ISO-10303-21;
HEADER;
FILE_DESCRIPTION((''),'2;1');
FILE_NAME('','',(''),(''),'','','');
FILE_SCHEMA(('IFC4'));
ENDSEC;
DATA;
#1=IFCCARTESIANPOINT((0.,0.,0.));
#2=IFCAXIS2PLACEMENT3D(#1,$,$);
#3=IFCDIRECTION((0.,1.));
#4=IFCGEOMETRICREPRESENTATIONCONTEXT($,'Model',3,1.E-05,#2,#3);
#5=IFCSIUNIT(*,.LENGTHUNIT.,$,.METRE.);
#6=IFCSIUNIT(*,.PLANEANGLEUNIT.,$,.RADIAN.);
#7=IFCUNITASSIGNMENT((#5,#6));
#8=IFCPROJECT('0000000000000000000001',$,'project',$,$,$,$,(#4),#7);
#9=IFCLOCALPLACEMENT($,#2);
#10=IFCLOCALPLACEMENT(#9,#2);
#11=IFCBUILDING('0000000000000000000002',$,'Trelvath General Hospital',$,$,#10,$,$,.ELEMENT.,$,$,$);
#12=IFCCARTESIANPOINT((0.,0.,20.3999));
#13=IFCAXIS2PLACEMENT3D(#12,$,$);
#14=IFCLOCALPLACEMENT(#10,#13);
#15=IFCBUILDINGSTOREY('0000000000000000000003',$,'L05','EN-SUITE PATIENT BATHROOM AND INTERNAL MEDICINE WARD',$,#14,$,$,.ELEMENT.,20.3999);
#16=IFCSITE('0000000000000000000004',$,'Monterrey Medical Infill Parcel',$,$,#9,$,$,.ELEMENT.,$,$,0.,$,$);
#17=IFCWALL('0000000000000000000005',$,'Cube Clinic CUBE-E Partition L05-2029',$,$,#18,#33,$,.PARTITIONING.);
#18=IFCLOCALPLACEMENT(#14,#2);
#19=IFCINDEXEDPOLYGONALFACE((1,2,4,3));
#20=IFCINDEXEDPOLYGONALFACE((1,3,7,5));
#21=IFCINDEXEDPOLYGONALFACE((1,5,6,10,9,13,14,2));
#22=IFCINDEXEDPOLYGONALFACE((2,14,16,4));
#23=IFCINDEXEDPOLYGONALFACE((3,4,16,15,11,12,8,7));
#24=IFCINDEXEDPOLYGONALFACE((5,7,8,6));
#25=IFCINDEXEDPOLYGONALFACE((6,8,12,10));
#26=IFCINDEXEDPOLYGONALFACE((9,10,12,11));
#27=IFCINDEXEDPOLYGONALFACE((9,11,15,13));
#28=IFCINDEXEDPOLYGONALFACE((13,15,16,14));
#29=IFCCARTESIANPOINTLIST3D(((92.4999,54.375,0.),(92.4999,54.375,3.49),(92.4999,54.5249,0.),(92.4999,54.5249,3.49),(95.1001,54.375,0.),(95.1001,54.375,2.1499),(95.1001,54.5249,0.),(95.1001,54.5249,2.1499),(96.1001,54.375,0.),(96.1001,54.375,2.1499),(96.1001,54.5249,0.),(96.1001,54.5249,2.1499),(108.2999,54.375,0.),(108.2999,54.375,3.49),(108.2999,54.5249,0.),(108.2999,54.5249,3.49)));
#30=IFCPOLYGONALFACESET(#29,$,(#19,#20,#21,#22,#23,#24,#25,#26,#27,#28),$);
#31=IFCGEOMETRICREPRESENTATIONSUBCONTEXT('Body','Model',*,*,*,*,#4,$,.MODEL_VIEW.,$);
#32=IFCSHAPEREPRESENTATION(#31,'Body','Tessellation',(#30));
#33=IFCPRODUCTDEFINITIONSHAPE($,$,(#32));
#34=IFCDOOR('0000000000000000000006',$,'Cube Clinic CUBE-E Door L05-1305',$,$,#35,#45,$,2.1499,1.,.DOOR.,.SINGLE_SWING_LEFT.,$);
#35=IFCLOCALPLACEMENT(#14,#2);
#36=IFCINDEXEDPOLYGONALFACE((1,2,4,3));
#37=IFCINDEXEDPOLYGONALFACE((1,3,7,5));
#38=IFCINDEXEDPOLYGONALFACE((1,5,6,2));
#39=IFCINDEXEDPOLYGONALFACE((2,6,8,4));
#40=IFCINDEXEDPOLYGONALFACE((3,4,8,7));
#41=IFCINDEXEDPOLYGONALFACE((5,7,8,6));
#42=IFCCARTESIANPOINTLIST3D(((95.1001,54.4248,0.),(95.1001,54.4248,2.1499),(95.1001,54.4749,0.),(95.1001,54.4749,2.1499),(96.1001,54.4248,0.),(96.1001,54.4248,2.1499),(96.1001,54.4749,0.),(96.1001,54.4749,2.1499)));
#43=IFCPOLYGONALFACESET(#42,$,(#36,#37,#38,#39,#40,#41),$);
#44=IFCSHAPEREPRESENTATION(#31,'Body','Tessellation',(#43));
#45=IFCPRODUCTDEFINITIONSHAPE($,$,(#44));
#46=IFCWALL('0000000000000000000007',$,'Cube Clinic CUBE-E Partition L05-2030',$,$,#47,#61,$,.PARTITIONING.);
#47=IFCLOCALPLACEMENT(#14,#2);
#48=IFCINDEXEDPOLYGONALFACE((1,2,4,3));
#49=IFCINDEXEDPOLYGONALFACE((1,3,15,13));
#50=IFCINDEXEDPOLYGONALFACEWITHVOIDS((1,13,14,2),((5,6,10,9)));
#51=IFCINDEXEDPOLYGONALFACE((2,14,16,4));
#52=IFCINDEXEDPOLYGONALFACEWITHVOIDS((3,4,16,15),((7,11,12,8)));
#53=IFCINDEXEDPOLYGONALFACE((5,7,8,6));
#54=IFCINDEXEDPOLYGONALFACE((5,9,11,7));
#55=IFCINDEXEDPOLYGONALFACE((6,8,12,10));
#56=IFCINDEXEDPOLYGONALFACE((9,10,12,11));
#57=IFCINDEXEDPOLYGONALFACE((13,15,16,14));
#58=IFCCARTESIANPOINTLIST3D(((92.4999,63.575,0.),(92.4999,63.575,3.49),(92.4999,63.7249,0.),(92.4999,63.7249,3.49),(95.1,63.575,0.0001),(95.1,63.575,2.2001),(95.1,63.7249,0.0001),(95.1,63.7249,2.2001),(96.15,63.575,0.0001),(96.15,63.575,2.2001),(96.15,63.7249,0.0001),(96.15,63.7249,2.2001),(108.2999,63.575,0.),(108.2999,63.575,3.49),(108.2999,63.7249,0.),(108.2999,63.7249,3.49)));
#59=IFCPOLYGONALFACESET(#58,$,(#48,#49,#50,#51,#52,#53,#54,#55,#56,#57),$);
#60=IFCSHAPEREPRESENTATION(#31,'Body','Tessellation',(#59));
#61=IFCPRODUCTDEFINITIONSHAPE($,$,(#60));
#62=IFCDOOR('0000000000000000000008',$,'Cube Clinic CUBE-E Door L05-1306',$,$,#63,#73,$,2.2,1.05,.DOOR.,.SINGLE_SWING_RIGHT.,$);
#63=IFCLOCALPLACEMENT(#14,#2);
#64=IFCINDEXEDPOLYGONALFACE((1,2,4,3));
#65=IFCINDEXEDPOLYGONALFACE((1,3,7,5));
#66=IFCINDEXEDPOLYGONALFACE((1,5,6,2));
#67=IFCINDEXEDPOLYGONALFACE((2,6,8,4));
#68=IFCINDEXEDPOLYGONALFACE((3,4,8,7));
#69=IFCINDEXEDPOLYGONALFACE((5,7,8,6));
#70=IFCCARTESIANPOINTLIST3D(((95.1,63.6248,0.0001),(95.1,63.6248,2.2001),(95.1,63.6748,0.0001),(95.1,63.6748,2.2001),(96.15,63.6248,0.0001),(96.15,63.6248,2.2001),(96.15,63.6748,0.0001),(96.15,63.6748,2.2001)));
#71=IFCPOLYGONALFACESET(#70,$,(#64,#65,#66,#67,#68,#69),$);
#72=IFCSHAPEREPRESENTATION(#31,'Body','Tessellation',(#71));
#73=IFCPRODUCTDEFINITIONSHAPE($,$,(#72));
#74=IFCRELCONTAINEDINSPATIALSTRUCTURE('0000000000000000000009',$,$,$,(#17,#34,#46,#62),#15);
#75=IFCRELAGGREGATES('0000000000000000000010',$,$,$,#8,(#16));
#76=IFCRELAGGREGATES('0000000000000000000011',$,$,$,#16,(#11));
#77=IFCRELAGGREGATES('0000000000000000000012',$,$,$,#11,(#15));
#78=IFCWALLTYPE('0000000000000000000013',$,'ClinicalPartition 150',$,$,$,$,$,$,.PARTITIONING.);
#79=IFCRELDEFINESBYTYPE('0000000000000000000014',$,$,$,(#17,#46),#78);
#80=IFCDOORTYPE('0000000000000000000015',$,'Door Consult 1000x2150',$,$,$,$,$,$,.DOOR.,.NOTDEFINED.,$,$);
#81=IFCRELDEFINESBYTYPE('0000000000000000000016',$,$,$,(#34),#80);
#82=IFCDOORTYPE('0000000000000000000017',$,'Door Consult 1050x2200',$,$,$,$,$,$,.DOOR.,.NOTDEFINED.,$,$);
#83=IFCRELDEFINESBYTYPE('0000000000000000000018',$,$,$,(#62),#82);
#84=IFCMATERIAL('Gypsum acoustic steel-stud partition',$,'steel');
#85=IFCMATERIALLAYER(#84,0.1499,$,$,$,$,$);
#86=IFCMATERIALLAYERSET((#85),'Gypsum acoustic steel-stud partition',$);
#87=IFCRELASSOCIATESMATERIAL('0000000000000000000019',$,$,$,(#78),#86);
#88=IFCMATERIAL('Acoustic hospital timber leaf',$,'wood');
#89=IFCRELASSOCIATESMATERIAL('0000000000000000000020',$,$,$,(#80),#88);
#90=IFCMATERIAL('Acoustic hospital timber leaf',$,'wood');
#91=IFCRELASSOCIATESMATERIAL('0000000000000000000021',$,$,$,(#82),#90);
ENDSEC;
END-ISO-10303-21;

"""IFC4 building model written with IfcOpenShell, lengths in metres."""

from ifc_helpers import new_model, si_unit, direction, frame, frame_2d, origin, place, context, subcontext, project, spatial, rectangle, extrude, material, layer, layer_set, type_object, element, fill, save


model = new_model("IFC4")

# Units and contexts
model_context = context("Model", 3, precision=1e-05, world=origin(), true_north=direction((0.0, 1.0)))
body_context = subcontext(model_context, "Body", "Model", "MODEL_VIEW")
ifc_project = project(units=[si_unit("LENGTHUNIT", "METRE"), si_unit("PLANEANGLEUNIT", "RADIAN")], contexts=[model_context])

# Site, building, storey
site_placement = place(None, origin())
site = spatial("IfcSite", under=ifc_project, at=site_placement, Name="Monterrey Medical Infill Parcel", CompositionType="ELEMENT", RefElevation=0.0)
building_placement = place(site_placement, origin())
building = spatial("IfcBuilding", under=site, at=building_placement, Name="Trelvath General Hospital", CompositionType="ELEMENT")
storey_placement = place(building_placement, frame((0.0, 0.0, 20.3999)))
storey = spatial("IfcBuildingStorey", under=building, at=storey_placement, Name="L05", Description="EN-SUITE PATIENT BATHROOM AND INTERNAL MEDICINE WARD", CompositionType="ELEMENT", Elevation=20.3999)

# Walls, openings, doors
ifc_material_1 = material(Name="Gypsum acoustic steel-stud partition", Category="steel")
ifc_layer = layer(ifc_material_1, 0.1499)
ifc_layer_set = layer_set([ifc_layer], Name="Gypsum acoustic steel-stud partition")
wall_type = type_object("IfcWallType", Name="ClinicalPartition 150", PredefinedType="PARTITIONING", material=ifc_layer_set)
wall_1_placement = place(storey_placement, frame((92.5, 54.45, 0.0), z_axis=(0.0, 0.0, 1.0), x_axis=(1.0, 0.0, 0.0)))
wall_1 = element("IfcWall", 1, at=wall_1_placement, inside=storey, type_object=wall_type, Name="Cube Clinic CUBE-E Partition L05-2029", PredefinedType="PARTITIONING", context=body_context, shape_type="SweptSolid", body=[
    extrude(rectangle(XDim=15.8, YDim=0.1499, at=frame_2d((7.8999, 0.0))), origin(), (0.0, 0.0, 1.0), 3.49),
])
opening_1_placement = place(wall_1_placement, frame((2.6001, 0.0, 0.0)))
opening_1 = element("IfcOpeningElement", 2, at=opening_1_placement, cuts=wall_1, PredefinedType="OPENING", context=body_context, shape_type="SweptSolid", body=[
    extrude(rectangle(XDim=1.0, YDim=2.1499, at=frame_2d((0.5, 1.075))), frame((0.0, 0.085, 0.0), z_axis=(0.0, -1.0, 0.0), x_axis=(1.0, 0.0, 0.0)), (0.0, 0.0, 1.0), 0.1699),
])
ifc_material_2 = material(Name="Acoustic hospital timber leaf", Category="wood")
door_type_1 = type_object("IfcDoorType", Name="Door Consult 1000x2150", OperationType="NOTDEFINED", PredefinedType="DOOR", material=ifc_material_2)
door_1_placement = place(opening_1_placement, origin())
door_1 = element("IfcDoor", 3, at=door_1_placement, inside=storey, type_object=door_type_1, Name="Cube Clinic CUBE-E Door L05-1305", OperationType="SINGLE_SWING_LEFT", OverallHeight=2.1499, OverallWidth=1.0, PredefinedType="DOOR", context=body_context, shape_type="SweptSolid", body=[
    extrude(rectangle(XDim=1.0, YDim=2.1499, at=frame_2d((0.5, 1.075))), frame((0.0, 0.0249, 0.0), z_axis=(0.0, -1.0, 0.0), x_axis=(1.0, 0.0, 0.0)), (0.0, 0.0, 1.0), 0.05),
])
fill(opening_1, door_1)
wall_2_placement = place(storey_placement, frame((92.5, 63.6499, 0.0), z_axis=(0.0, 0.0, 1.0), x_axis=(1.0, 0.0, 0.0)))
wall_2 = element("IfcWall", 4, at=wall_2_placement, inside=storey, type_object=wall_type, Name="Cube Clinic CUBE-E Partition L05-2030", PredefinedType="PARTITIONING", context=body_context, shape_type="SweptSolid", body=[
    extrude(rectangle(XDim=15.8, YDim=0.1499, at=frame_2d((7.8999, 0.0))), origin(), (0.0, 0.0, 1.0), 3.49),
])
opening_2_placement = place(wall_2_placement, frame((2.6001, 0.0, 0.0)))
opening_2 = element("IfcOpeningElement", 5, at=opening_2_placement, cuts=wall_2, PredefinedType="OPENING", context=body_context, shape_type="SweptSolid", body=[
    extrude(rectangle(XDim=1.05, YDim=2.2, at=frame_2d((0.5249, 1.1001))), frame((0.0, 0.085, 0.0), z_axis=(0.0, -1.0, 0.0), x_axis=(1.0, 0.0, 0.0)), (0.0, 0.0, 1.0), 0.1699),
])
ifc_material_3 = material(Name="Acoustic hospital timber leaf", Category="wood")
door_type_2 = type_object("IfcDoorType", Name="Door Consult 1050x2200", OperationType="NOTDEFINED", PredefinedType="DOOR", material=ifc_material_3)
door_2_placement = place(opening_2_placement, origin())
door_2 = element("IfcDoor", 6, at=door_2_placement, inside=storey, type_object=door_type_2, Name="Cube Clinic CUBE-E Door L05-1306", OperationType="SINGLE_SWING_RIGHT", OverallHeight=2.2, OverallWidth=1.05, PredefinedType="DOOR", context=body_context, shape_type="SweptSolid", body=[
    extrude(rectangle(XDim=1.05, YDim=2.2, at=frame_2d((0.5249, 1.1001))), frame((0.0, 0.0249, 0.0), z_axis=(0.0, -1.0, 0.0), x_axis=(1.0, 0.0, 0.0)), (0.0, 0.0, 1.0), 0.05),
])
fill(opening_2, door_2)

save(model, "model.ifc")
